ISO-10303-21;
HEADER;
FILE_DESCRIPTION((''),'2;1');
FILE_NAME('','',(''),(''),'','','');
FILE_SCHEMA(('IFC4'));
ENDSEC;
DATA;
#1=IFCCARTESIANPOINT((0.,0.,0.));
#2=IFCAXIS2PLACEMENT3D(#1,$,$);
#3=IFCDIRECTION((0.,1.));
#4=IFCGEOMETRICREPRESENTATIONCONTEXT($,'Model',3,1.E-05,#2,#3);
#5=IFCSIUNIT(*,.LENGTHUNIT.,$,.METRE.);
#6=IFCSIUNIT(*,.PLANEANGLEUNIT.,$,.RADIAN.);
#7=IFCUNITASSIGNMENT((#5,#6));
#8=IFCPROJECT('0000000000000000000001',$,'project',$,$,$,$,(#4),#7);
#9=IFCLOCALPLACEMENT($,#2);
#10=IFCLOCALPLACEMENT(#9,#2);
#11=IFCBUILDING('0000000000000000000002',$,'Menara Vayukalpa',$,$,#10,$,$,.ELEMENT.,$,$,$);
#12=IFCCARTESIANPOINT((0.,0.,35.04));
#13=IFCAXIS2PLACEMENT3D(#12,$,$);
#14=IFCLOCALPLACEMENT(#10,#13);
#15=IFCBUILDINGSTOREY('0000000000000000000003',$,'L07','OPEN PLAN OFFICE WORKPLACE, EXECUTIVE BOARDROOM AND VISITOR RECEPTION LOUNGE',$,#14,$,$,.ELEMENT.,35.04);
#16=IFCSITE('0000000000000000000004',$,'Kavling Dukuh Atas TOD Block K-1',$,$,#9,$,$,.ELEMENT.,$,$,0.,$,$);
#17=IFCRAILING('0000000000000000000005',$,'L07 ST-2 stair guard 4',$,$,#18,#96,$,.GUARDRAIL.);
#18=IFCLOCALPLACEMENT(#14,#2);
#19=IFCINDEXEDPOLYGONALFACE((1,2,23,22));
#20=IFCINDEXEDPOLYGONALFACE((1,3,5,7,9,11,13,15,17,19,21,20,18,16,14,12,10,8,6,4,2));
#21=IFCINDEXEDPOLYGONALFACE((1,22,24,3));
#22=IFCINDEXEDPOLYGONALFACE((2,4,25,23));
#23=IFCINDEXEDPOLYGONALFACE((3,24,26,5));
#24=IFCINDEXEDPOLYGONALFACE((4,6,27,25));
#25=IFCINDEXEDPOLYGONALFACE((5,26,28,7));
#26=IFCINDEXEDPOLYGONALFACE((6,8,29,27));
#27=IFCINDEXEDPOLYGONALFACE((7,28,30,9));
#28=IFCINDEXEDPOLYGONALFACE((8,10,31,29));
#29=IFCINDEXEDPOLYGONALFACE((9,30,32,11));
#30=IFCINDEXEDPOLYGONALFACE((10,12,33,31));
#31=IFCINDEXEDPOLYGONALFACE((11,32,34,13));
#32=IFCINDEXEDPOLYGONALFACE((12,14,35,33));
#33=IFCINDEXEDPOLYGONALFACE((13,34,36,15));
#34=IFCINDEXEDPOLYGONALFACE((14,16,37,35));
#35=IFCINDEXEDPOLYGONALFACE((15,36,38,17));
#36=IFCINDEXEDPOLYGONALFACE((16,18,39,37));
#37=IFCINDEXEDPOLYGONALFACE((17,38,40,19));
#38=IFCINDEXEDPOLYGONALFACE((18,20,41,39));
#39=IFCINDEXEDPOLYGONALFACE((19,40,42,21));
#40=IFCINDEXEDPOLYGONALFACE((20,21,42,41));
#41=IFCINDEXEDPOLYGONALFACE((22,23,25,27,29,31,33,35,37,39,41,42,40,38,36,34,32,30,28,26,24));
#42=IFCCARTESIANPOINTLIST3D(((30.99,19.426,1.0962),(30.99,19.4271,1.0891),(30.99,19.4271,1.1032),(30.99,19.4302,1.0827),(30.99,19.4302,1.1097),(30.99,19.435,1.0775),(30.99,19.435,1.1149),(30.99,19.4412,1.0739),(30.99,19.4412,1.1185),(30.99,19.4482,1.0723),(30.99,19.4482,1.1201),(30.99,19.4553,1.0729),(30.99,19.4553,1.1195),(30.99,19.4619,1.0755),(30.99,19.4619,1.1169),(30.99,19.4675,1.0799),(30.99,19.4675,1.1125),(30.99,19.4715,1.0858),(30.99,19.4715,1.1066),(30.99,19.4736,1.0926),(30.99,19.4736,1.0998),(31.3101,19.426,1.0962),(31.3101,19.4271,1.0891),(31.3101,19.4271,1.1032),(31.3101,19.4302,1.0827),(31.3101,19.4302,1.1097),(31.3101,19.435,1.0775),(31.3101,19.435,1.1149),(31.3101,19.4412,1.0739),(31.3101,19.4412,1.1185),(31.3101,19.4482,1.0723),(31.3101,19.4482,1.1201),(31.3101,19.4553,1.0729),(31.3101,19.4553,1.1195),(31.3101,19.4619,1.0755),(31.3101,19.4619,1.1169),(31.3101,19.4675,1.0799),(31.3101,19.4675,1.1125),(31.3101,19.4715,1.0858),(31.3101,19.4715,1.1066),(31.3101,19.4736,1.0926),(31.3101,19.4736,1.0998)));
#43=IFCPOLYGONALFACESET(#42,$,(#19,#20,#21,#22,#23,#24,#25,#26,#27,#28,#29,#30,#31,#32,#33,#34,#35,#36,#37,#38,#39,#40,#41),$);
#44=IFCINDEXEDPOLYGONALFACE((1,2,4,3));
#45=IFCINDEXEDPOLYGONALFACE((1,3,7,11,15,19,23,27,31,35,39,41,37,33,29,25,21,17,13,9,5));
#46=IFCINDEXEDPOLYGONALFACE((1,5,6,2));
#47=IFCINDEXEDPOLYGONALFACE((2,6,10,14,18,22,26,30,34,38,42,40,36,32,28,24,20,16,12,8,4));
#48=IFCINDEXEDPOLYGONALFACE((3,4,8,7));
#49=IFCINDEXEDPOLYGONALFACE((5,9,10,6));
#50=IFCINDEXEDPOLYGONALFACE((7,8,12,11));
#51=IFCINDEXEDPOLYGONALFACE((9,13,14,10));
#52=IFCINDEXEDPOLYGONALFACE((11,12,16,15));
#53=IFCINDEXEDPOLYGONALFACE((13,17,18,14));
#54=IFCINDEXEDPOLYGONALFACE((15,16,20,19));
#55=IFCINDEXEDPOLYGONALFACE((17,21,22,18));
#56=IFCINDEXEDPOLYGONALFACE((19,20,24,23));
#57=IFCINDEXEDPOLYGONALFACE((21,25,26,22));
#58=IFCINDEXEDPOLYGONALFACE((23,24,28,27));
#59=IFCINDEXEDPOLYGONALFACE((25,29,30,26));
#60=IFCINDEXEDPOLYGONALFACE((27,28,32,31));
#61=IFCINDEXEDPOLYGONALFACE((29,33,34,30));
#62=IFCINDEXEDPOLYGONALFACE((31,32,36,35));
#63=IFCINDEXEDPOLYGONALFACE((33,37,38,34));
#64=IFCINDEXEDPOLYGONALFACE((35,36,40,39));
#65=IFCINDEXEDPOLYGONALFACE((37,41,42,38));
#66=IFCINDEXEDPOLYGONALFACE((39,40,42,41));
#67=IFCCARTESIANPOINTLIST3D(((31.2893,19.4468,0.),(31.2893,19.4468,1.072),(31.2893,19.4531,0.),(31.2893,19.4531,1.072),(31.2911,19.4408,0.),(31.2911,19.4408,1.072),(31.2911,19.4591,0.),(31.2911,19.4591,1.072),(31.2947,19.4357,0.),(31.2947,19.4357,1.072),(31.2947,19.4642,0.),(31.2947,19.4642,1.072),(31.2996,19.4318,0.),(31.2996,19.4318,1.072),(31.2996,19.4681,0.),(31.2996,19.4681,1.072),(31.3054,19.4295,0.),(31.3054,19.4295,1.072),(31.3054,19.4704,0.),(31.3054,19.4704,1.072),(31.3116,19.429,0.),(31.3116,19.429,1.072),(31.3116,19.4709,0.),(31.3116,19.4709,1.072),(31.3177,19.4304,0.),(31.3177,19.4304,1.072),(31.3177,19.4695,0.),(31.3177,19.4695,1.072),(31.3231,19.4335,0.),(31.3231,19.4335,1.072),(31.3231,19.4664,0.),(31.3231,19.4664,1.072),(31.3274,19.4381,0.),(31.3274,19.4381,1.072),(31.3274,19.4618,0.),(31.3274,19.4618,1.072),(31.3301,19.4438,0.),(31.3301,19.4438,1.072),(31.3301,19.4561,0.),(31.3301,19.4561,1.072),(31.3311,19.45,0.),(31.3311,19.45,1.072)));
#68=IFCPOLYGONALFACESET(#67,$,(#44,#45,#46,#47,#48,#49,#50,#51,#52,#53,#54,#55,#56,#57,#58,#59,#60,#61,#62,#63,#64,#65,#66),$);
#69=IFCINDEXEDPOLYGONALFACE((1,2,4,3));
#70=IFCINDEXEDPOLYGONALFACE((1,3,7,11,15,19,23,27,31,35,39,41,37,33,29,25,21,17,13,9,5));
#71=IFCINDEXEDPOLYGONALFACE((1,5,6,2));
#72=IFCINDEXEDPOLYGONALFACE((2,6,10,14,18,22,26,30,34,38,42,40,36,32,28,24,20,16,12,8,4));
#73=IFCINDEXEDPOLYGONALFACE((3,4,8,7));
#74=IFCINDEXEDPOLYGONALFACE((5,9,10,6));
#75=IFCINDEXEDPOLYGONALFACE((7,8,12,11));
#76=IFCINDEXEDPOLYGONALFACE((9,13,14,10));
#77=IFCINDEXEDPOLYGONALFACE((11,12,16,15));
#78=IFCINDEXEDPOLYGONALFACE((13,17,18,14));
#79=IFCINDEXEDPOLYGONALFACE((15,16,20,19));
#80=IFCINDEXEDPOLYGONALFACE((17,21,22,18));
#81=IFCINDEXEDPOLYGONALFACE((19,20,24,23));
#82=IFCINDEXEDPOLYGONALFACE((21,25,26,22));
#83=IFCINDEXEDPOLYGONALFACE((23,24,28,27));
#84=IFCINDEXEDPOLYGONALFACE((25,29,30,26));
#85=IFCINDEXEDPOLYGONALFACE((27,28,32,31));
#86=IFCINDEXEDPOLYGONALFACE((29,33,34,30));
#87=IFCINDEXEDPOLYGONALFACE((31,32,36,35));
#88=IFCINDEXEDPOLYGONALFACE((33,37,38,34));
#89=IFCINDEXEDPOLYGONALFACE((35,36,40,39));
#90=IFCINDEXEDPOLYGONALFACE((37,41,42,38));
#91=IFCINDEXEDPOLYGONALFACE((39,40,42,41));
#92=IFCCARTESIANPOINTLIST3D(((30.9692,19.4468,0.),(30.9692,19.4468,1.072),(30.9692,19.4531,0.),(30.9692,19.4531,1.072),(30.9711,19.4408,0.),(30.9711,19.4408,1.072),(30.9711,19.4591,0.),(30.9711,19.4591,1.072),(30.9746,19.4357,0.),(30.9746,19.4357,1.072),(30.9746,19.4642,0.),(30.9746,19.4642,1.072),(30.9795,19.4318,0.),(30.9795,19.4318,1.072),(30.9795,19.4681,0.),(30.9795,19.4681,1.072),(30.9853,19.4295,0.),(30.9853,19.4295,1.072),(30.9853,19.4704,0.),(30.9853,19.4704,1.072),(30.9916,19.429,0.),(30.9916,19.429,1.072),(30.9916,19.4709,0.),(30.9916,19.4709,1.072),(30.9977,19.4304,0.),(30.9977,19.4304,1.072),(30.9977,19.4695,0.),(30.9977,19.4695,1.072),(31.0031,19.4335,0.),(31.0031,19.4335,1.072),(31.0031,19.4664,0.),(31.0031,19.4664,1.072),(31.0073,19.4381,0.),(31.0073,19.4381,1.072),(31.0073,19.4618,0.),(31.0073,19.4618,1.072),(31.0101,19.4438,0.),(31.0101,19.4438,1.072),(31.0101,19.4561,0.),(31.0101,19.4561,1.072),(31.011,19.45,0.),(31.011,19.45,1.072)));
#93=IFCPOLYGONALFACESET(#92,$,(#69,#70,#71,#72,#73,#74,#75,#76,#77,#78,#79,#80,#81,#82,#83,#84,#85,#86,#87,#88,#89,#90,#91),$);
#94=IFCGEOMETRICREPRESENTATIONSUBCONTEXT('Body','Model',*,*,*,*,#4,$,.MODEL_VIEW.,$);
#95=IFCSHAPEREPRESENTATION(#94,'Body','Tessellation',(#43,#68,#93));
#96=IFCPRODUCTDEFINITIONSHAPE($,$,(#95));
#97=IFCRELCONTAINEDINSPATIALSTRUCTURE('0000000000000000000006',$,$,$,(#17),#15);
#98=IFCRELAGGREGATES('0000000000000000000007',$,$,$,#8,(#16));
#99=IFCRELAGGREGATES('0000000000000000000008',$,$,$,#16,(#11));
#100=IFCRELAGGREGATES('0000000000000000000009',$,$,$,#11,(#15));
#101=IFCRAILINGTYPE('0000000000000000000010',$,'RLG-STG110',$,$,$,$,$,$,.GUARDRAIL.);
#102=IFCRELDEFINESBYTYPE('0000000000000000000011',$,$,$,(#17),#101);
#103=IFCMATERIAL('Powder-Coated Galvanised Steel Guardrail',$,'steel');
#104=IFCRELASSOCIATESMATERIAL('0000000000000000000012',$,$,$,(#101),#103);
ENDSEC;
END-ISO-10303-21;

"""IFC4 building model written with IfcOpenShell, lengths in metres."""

from ifc_helpers import new_model, si_unit, direction, frame, origin, origin_2d, place, context, subcontext, project, spatial, circle, extrude, material, type_object, element, save


model = new_model("IFC4")

# Units and contexts
model_context = context("Model", 3, precision=1e-05, world=origin(), true_north=direction((0.0, 1.0)))
body_context = subcontext(model_context, "Body", "Model", "MODEL_VIEW")
ifc_project = project(units=[si_unit("LENGTHUNIT", "METRE"), si_unit("PLANEANGLEUNIT", "RADIAN")], contexts=[model_context])

# Site, building, storey
site_placement = place(None, origin())
site = spatial("IfcSite", under=ifc_project, at=site_placement, Name="Kavling Dukuh Atas TOD Block K-1", CompositionType="ELEMENT", RefElevation=0.0)
building_placement = place(site_placement, origin())
building = spatial("IfcBuilding", under=site, at=building_placement, Name="Menara Vayukalpa", CompositionType="ELEMENT")
storey_placement = place(building_placement, frame((0.0, 0.0, 35.04)))
storey = spatial("IfcBuildingStorey", under=building, at=storey_placement, Name="L07", Description="OPEN PLAN OFFICE WORKPLACE, EXECUTIVE BOARDROOM AND VISITOR RECEPTION LOUNGE", CompositionType="ELEMENT", Elevation=35.04)

# Railing
ifc_material_1 = material(Name="Powder-Coated Galvanised Steel Guardrail", Category="steel")
railing_type_1 = type_object("IfcRailingType", Name="RLG-STG110", PredefinedType="GUARDRAIL", material=ifc_material_1)
railing_1_placement = place(storey_placement, frame((31.3101, 19.45, 0.0)))
element("IfcRailing", 1, at=railing_1_placement, inside=storey, type_object=railing_type_1, Name="L07 ST-2 stair guard 4", PredefinedType="GUARDRAIL", context=body_context, shape_type="SweptSolid", body=[
    extrude(circle(Radius=0.0239, at=origin_2d()), frame((0.0, 0.0, 1.0962), z_axis=(-1.0, 0.0, 0.0), x_axis=(0.0, -1.0, 0.0)), (0.0, 0.0, 1.0), 0.3201),
    extrude(circle(Radius=0.021, at=origin_2d()), origin(), (0.0, 0.0, 1.0), 1.072),
    extrude(circle(Radius=0.021, at=origin_2d()), frame((-0.3201, 0.0, 0.0)), (0.0, 0.0, 1.0), 1.072),
])

save(model, "model.ifc")
